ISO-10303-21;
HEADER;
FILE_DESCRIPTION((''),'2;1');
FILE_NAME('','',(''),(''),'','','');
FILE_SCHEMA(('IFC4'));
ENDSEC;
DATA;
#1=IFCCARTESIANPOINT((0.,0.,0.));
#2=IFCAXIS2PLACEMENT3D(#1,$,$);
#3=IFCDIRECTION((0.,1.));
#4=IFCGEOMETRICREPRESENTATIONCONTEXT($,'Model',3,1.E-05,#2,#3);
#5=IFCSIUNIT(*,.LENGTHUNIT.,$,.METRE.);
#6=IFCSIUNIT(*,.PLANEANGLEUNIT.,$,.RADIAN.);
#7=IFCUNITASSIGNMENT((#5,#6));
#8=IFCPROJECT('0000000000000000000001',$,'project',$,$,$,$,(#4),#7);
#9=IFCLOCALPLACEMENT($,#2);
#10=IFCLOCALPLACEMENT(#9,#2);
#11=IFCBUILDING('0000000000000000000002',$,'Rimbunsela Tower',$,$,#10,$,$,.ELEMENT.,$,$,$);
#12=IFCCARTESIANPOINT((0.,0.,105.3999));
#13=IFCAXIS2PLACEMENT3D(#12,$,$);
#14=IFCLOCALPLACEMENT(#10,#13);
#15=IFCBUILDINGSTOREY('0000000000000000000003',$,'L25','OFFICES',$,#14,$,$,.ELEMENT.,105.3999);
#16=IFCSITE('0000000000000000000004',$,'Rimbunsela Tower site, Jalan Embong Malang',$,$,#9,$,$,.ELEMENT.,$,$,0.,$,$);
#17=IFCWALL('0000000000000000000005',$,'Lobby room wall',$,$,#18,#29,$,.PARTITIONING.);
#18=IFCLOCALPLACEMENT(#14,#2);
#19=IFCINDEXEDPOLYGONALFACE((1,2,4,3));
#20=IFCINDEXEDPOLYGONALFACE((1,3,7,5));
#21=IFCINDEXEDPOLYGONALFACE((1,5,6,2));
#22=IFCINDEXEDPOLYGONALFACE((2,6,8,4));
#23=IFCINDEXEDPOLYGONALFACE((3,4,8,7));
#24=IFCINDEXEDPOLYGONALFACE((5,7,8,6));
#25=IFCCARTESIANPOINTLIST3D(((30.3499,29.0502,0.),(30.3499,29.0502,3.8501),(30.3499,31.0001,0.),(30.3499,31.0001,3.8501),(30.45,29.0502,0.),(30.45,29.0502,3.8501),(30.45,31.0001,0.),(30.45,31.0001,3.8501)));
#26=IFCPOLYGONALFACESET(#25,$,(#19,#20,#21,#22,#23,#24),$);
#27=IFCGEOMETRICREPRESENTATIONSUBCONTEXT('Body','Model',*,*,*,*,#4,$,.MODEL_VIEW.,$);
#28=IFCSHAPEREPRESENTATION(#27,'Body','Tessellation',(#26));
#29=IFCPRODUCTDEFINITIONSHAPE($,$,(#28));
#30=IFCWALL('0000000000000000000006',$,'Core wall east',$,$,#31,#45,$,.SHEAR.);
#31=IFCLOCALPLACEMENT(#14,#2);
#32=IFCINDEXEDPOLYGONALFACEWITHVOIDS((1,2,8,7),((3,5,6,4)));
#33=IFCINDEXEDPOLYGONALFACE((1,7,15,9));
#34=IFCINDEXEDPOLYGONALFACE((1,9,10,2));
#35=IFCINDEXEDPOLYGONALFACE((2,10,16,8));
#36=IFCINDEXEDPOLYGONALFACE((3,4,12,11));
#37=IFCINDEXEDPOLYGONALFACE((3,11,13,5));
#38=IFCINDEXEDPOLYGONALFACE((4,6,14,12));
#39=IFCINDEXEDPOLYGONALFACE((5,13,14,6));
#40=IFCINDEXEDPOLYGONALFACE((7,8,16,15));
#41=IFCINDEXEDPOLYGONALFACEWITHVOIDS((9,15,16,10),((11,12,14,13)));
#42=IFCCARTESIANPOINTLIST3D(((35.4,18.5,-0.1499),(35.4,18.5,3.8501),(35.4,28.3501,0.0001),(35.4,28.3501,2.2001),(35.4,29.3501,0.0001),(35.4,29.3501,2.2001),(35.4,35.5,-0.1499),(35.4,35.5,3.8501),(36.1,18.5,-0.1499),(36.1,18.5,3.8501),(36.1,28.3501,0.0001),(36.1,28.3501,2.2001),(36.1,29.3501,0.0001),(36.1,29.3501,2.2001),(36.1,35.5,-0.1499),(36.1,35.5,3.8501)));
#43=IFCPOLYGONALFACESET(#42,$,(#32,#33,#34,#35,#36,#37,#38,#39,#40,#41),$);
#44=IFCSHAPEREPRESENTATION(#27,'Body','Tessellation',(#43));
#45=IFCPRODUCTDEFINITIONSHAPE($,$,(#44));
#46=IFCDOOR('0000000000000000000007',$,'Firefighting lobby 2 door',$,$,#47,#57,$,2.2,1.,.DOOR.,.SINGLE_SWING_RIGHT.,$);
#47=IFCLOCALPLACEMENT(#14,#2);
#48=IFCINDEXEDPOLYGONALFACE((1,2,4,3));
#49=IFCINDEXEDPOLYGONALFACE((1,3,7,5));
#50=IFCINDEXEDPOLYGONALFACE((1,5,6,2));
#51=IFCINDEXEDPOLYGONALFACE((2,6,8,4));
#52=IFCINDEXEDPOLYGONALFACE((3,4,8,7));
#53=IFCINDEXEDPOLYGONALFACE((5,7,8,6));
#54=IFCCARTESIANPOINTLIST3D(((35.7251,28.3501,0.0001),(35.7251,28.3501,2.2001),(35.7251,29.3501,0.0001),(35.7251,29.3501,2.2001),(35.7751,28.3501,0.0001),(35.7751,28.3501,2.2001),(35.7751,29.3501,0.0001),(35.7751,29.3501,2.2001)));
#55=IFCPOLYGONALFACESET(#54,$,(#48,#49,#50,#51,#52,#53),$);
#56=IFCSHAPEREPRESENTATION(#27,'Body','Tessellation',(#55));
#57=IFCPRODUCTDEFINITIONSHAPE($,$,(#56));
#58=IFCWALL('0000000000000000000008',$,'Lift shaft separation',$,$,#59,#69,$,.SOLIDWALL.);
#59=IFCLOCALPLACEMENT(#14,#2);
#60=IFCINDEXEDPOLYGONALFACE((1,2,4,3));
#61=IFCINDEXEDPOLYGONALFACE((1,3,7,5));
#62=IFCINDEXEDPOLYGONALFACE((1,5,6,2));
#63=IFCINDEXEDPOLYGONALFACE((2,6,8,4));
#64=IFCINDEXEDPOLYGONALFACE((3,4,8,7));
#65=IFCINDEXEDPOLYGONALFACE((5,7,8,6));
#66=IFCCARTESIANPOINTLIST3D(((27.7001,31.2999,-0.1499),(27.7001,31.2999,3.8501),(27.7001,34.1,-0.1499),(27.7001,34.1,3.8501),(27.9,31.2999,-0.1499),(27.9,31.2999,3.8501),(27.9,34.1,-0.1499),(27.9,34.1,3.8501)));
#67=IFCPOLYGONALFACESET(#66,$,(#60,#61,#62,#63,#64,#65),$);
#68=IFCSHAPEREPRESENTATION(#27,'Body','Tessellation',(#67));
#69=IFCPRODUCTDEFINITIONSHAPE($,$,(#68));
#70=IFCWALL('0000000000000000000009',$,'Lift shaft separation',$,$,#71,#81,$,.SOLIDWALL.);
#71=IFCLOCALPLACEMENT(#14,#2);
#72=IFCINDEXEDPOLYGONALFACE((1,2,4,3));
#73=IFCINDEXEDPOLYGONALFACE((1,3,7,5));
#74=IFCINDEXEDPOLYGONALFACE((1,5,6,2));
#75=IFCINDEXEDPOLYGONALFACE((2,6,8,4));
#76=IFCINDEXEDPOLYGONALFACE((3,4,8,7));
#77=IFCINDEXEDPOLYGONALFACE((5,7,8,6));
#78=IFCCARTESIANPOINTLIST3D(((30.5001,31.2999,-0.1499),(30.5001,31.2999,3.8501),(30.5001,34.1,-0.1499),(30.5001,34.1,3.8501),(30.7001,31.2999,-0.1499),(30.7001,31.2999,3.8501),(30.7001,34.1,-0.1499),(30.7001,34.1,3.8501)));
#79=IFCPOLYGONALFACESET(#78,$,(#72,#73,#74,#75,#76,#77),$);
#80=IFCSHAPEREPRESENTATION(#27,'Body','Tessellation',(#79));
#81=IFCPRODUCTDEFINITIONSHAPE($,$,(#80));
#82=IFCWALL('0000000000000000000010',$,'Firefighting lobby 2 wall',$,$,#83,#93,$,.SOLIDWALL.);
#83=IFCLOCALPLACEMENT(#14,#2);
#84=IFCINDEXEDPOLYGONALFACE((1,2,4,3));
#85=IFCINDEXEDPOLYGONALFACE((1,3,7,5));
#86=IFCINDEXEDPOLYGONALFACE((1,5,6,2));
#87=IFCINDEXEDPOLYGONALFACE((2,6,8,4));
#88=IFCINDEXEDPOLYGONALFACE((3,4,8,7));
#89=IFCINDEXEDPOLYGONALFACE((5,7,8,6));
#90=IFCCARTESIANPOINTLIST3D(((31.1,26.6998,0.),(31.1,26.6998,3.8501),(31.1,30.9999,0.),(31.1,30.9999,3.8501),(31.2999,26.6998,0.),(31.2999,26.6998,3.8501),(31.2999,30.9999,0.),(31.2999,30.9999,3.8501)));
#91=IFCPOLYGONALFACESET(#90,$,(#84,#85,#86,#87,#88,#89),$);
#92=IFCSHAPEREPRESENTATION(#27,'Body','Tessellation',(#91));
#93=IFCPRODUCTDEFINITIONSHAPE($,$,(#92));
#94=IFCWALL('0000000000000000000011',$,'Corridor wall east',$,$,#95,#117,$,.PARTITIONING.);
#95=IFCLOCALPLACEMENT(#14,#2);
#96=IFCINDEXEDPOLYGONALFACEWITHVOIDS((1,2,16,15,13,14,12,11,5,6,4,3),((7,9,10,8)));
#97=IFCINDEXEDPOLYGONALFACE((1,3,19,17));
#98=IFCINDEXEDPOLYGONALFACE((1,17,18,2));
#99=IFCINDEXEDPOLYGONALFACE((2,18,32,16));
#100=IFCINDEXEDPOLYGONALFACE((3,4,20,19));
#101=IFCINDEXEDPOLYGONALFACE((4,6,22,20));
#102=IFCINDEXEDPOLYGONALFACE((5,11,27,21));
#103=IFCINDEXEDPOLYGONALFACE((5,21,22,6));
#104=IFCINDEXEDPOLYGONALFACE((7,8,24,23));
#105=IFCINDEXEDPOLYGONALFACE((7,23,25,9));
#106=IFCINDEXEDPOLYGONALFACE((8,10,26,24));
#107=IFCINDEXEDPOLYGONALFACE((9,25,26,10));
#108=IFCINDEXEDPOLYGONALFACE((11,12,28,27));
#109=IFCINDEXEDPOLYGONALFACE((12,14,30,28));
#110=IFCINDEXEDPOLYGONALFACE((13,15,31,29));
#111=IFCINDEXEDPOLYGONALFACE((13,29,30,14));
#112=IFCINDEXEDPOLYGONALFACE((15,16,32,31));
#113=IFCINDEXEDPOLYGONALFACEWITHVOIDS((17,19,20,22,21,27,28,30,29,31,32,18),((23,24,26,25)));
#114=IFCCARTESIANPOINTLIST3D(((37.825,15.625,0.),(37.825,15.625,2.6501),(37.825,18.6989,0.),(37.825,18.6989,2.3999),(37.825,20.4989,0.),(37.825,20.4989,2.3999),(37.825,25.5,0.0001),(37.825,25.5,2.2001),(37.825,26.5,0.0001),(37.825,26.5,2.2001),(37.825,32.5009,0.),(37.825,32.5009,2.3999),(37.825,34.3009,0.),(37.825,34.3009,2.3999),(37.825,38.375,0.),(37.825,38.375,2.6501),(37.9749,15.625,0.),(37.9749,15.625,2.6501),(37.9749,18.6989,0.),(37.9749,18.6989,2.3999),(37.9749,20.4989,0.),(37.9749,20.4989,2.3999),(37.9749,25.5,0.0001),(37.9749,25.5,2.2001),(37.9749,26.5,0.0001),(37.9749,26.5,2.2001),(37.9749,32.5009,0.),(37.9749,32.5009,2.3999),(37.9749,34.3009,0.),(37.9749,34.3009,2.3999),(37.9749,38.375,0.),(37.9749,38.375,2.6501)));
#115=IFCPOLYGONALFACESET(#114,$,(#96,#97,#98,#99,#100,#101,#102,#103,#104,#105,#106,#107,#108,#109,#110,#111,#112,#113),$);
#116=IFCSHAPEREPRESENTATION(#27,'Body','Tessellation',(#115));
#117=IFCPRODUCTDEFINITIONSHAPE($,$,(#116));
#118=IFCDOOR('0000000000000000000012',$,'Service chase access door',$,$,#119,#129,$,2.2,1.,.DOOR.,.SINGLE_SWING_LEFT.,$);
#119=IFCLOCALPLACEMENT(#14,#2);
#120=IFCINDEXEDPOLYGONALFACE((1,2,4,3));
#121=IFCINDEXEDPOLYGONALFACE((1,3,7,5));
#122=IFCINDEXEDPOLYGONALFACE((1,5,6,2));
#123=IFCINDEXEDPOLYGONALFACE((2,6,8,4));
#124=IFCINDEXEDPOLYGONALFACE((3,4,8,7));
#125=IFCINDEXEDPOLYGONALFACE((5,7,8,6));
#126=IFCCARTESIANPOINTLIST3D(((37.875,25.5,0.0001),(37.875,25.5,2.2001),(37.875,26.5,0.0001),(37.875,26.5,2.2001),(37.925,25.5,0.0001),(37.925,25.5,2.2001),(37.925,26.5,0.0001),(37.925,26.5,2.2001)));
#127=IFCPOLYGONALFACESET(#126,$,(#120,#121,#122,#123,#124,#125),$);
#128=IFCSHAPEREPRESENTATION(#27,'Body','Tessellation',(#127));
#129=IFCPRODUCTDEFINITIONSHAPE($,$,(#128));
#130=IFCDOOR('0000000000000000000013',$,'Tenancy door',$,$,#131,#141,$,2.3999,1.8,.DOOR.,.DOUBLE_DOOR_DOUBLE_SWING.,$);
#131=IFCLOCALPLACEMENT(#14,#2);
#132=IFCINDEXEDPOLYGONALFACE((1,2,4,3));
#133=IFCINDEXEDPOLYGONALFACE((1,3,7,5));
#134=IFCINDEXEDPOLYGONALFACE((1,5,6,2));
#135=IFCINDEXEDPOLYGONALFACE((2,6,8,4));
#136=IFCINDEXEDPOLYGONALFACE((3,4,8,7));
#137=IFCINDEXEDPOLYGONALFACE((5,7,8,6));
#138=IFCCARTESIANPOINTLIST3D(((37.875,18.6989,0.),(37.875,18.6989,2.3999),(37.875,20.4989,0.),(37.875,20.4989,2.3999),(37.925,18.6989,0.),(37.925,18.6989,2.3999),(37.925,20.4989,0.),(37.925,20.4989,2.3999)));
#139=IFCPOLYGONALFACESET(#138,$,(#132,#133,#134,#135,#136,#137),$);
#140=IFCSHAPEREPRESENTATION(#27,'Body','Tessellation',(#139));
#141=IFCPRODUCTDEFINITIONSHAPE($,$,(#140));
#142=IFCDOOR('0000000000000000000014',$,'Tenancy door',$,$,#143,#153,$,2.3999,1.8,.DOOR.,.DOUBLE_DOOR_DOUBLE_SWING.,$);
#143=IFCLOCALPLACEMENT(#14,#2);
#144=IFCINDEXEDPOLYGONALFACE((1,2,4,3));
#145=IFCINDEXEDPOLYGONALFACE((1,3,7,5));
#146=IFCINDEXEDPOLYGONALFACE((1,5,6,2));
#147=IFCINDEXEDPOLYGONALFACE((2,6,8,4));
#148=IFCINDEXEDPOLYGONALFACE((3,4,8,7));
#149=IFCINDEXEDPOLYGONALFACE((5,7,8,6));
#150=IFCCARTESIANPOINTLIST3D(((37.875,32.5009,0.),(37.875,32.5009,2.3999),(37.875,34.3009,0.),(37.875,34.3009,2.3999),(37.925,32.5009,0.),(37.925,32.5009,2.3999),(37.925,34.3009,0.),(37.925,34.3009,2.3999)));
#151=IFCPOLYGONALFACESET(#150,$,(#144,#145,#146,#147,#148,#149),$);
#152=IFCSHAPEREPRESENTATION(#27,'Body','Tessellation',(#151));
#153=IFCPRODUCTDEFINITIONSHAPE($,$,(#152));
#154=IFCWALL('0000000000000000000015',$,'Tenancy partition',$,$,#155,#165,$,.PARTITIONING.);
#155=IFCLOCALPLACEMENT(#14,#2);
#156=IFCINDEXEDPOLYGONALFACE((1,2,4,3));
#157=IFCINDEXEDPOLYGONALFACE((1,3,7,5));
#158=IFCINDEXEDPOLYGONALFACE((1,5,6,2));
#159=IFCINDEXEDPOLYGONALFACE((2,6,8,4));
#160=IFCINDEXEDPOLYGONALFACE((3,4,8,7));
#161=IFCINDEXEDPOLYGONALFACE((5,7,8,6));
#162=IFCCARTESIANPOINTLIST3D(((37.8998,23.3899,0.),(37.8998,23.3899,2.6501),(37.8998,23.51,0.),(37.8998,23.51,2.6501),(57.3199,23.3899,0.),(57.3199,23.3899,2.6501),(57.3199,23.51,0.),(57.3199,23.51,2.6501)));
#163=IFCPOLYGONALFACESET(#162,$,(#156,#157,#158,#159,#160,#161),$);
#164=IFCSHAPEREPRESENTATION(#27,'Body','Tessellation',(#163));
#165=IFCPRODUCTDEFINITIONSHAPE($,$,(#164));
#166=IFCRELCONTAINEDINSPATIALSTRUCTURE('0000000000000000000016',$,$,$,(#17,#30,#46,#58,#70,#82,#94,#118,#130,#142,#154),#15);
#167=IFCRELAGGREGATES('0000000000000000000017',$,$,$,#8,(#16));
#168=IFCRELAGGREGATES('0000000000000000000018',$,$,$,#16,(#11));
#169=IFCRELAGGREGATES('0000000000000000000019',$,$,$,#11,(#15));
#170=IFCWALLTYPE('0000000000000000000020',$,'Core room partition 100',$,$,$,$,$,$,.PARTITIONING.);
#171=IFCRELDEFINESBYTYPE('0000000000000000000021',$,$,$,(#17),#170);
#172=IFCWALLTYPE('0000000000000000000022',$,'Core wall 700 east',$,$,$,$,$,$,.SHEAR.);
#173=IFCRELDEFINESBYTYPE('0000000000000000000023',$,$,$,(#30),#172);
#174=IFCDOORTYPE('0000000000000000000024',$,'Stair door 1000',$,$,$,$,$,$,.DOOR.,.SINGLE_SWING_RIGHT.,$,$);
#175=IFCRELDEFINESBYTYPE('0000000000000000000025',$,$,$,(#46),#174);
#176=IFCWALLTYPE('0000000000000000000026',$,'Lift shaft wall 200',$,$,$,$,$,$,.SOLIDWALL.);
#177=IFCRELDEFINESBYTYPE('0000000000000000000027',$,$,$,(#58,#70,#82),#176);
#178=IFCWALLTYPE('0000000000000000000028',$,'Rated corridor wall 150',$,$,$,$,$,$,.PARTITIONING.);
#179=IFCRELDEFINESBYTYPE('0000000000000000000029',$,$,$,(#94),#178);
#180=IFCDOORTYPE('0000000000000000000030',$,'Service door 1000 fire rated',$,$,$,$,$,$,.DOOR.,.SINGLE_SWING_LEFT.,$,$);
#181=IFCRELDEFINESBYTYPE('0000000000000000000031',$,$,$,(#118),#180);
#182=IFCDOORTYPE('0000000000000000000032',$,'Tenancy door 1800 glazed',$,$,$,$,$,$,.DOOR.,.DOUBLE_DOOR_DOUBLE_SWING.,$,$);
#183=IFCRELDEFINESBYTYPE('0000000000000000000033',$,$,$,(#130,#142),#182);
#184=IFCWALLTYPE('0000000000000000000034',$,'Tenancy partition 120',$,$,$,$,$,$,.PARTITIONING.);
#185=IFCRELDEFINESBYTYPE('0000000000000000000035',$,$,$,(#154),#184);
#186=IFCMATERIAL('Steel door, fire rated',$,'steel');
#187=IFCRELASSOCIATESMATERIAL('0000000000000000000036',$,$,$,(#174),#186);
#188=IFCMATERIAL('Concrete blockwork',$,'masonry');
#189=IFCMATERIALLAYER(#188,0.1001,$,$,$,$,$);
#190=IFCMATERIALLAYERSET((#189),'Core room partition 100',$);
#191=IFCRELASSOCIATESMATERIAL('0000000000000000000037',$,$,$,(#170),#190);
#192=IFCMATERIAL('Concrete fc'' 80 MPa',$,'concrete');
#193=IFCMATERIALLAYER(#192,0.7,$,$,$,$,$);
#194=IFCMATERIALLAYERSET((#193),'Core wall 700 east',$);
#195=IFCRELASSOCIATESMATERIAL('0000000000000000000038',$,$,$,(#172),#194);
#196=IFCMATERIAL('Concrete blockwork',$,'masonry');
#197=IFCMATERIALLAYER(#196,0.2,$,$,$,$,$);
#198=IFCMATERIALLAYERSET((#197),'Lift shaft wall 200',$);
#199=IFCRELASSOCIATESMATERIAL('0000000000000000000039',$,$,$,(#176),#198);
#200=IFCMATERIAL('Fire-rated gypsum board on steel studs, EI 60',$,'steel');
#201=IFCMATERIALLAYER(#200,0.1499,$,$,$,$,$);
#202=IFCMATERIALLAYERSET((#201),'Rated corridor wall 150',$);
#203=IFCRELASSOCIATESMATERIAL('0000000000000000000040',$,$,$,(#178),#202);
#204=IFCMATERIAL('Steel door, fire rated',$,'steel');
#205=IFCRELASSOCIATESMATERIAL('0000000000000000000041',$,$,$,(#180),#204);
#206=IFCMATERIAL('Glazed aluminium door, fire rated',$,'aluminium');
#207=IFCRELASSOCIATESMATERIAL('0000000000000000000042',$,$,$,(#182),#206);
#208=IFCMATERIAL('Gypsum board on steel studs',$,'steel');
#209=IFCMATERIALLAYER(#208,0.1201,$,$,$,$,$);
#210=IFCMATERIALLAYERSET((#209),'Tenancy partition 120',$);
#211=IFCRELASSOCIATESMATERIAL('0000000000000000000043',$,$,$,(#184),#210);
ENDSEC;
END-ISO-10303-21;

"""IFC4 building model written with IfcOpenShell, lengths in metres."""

from ifc_helpers import new_model, si_unit, direction, frame, frame_2d, origin, place, context, subcontext, project, spatial, rectangle, extrude, material, layer, layer_set, type_object, element, fill, save


model = new_model("IFC4")

# Units and contexts
model_context = context("Model", 3, precision=1e-05, world=origin(), true_north=direction((0.0, 1.0)))
body_context = subcontext(model_context, "Body", "Model", "MODEL_VIEW")
ifc_project = project(units=[si_unit("LENGTHUNIT", "METRE"), si_unit("PLANEANGLEUNIT", "RADIAN")], contexts=[model_context])

# Site, building, storey
site_placement = place(None, origin())
site = spatial("IfcSite", under=ifc_project, at=site_placement, Name="Rimbunsela Tower site, Jalan Embong Malang", CompositionType="ELEMENT", RefElevation=0.0)
building_placement = place(site_placement, origin())
building = spatial("IfcBuilding", under=site, at=building_placement, Name="Rimbunsela Tower", CompositionType="ELEMENT")
storey_placement = place(building_placement, frame((0.0, 0.0, 105.3999)))
storey = spatial("IfcBuildingStorey", under=building, at=storey_placement, Name="L25", Description="OFFICES", CompositionType="ELEMENT", Elevation=105.3999)

# Shared definitions
ifc_material_1 = material(Name="Steel door, fire rated", Category="steel")
door_type_1 = type_object("IfcDoorType", Name="Stair door 1000", OperationType="SINGLE_SWING_RIGHT", PredefinedType="DOOR", material=ifc_material_1)

# Wall
ifc_material_2 = material(Name="Concrete blockwork", Category="masonry")
ifc_layer_1 = layer(ifc_material_2, 0.1001)
ifc_layer_set_1 = layer_set([ifc_layer_1], Name="Core room partition 100")
wall_type_1 = type_object("IfcWallType", Name="Core room partition 100", PredefinedType="PARTITIONING", material=ifc_layer_set_1)
wall_1_placement = place(storey_placement, frame((30.3999, 29.05, 0.0), z_axis=(0.0, 0.0, 1.0), x_axis=(0.0, 1.0, 0.0)))
element("IfcWall", 1, at=wall_1_placement, inside=storey, type_object=wall_type_1, Name="Lobby room wall", PredefinedType="PARTITIONING", context=body_context, shape_type="SweptSolid", body=[
    extrude(rectangle(XDim=1.95, YDim=0.1001, at=frame_2d((0.9751, 0.0))), origin(), (0.0, 0.0, 1.0), 3.8501),
])

# Wall, opening, door
ifc_material_3 = material(Name="Concrete fc' 80 MPa", Category="concrete")
ifc_layer_2 = layer(ifc_material_3, 0.7)
ifc_layer_set_2 = layer_set([ifc_layer_2], Name="Core wall 700 east")
wall_type_2 = type_object("IfcWallType", Name="Core wall 700 east", PredefinedType="SHEAR", material=ifc_layer_set_2)
wall_2_placement = place(storey_placement, frame((35.75, 18.5, -0.1499), z_axis=(0.0, 0.0, 1.0), x_axis=(0.0, 1.0, 0.0)))
wall_2 = element("IfcWall", 2, at=wall_2_placement, inside=storey, type_object=wall_type_2, Name="Core wall east", PredefinedType="SHEAR", context=body_context, shape_type="SweptSolid", body=[
    extrude(rectangle(XDim=17.0, YDim=0.7, at=frame_2d((8.5, 0.0))), origin(), (0.0, 0.0, 1.0), 4.0),
])
opening_1_placement = place(wall_2_placement, frame((9.8501, 0.0, 0.1499)))
opening_1 = element("IfcOpeningElement", 3, at=opening_1_placement, cuts=wall_2, PredefinedType="OPENING", context=body_context, shape_type="SweptSolid", body=[
    extrude(rectangle(XDim=1.0, YDim=2.2, at=frame_2d((0.5, 1.1001))), frame((0.0, 0.3599, 0.0), z_axis=(0.0, -1.0, 0.0), x_axis=(1.0, 0.0, 0.0)), (0.0, 0.0, 1.0), 0.72),
])
door_1_placement = place(opening_1_placement, origin())
door_1 = element("IfcDoor", 4, at=door_1_placement, inside=storey, type_object=door_type_1, Name="Firefighting lobby 2 door", OperationType="SINGLE_SWING_RIGHT", OverallHeight=2.2, OverallWidth=1.0, PredefinedType="DOOR", context=body_context, shape_type="SweptSolid", body=[
    extrude(rectangle(XDim=1.0, YDim=2.2, at=frame_2d((0.5, 1.1001))), frame((0.0, 0.0249, 0.0), z_axis=(0.0, -1.0, 0.0), x_axis=(1.0, 0.0, 0.0)), (0.0, 0.0, 1.0), 0.05),
])
fill(opening_1, door_1)

# Walls
ifc_material_4 = material(Name="Concrete blockwork", Category="masonry")
ifc_layer_3 = layer(ifc_material_4, 0.2)
ifc_layer_set_3 = layer_set([ifc_layer_3], Name="Lift shaft wall 200")
wall_type_3 = type_object("IfcWallType", Name="Lift shaft wall 200", PredefinedType="SOLIDWALL", material=ifc_layer_set_3)
for number, where, z_axis, x_axis, name in (
    (5, (27.8, 31.3, -0.1499), (0.0, 0.0, 1.0), (0.0, 1.0, 0.0), "Lift shaft separation"),
    (6, (30.6001, 31.3, -0.1499), (0.0, 0.0, 1.0), (0.0, 1.0, 0.0), "Lift shaft separation"),
):
    element("IfcWall", number, at=place(storey_placement, frame(where, z_axis=z_axis, x_axis=x_axis)), inside=storey, type_object=wall_type_3, Name=name, PredefinedType="SOLIDWALL", context=body_context, shape_type="SweptSolid", body=[
        extrude(rectangle(XDim=2.8, YDim=0.2, at=frame_2d((1.3999, 0.0))), origin(), (0.0, 0.0, 1.0), 4.0),
    ])
wall_3_placement = place(storey_placement, frame((31.2, 26.7, 0.0), z_axis=(0.0, 0.0, 1.0), x_axis=(0.0, 1.0, 0.0)))
element("IfcWall", 7, at=wall_3_placement, inside=storey, type_object=wall_type_3, Name="Firefighting lobby 2 wall", PredefinedType="SOLIDWALL", context=body_context, shape_type="SweptSolid", body=[
    extrude(rectangle(XDim=4.3, YDim=0.2, at=frame_2d((2.1499, 0.0))), origin(), (0.0, 0.0, 1.0), 3.8501),
])

# Wall, openings, doors
ifc_material_5 = material(Name="Fire-rated gypsum board on steel studs, EI 60", Category="steel")
ifc_layer_4 = layer(ifc_material_5, 0.1499)
ifc_layer_set_4 = layer_set([ifc_layer_4], Name="Rated corridor wall 150")
wall_type_4 = type_object("IfcWallType", Name="Rated corridor wall 150", PredefinedType="PARTITIONING", material=ifc_layer_set_4)
wall_4_placement = place(storey_placement, frame((37.8999, 15.625, 0.0), z_axis=(0.0, 0.0, 1.0), x_axis=(0.0, 1.0, 0.0)))
wall_4 = element("IfcWall", 8, at=wall_4_placement, inside=storey, type_object=wall_type_4, Name="Corridor wall east", PredefinedType="PARTITIONING", context=body_context, shape_type="SweptSolid", body=[
    extrude(rectangle(XDim=22.75, YDim=0.1499, at=frame_2d((11.375, 0.0))), origin(), (0.0, 0.0, 1.0), 2.6501),
])
opening_2_placement = place(wall_4_placement, frame((3.074, 0.0, 0.0)))
opening_2 = element("IfcOpeningElement", 9, at=opening_2_placement, cuts=wall_4, PredefinedType="OPENING", context=body_context, shape_type="SweptSolid", body=[
    extrude(rectangle(XDim=1.8, YDim=2.3999, at=frame_2d((0.8999, 1.2))), frame((0.0, 0.085, 0.0), z_axis=(0.0, -1.0, 0.0), x_axis=(1.0, 0.0, 0.0)), (0.0, 0.0, 1.0), 0.1699),
])
opening_3_placement = place(wall_4_placement, frame((16.876, 0.0, 0.0)))
opening_3 = element("IfcOpeningElement", 10, at=opening_3_placement, cuts=wall_4, PredefinedType="OPENING", context=body_context, shape_type="SweptSolid", body=[
    extrude(rectangle(XDim=1.8, YDim=2.3999, at=frame_2d((0.8999, 1.2))), frame((0.0, 0.085, 0.0), z_axis=(0.0, -1.0, 0.0), x_axis=(1.0, 0.0, 0.0)), (0.0, 0.0, 1.0), 0.1699),
])
opening_4_placement = place(wall_4_placement, frame((9.875, 0.0, 0.0)))
opening_4 = element("IfcOpeningElement", 11, at=opening_4_placement, cuts=wall_4, PredefinedType="OPENING", context=body_context, shape_type="SweptSolid", body=[
    extrude(rectangle(XDim=1.0, YDim=2.2, at=frame_2d((0.5, 1.1001))), frame((0.0, 0.085, 0.0), z_axis=(0.0, -1.0, 0.0), x_axis=(1.0, 0.0, 0.0)), (0.0, 0.0, 1.0), 0.1699),
])
ifc_material_6 = material(Name="Steel door, fire rated", Category="steel")
door_type_2 = type_object("IfcDoorType", Name="Service door 1000 fire rated", OperationType="SINGLE_SWING_LEFT", PredefinedType="DOOR", material=ifc_material_6)
door_2_placement = place(opening_4_placement, origin())
door_2 = element("IfcDoor", 12, at=door_2_placement, inside=storey, type_object=door_type_2, Name="Service chase access door", OperationType="SINGLE_SWING_LEFT", OverallHeight=2.2, OverallWidth=1.0, PredefinedType="DOOR", context=body_context, shape_type="SweptSolid", body=[
    extrude(rectangle(XDim=1.0, YDim=2.2, at=frame_2d((0.5, 1.1001))), frame((0.0, 0.0249, 0.0), z_axis=(0.0, -1.0, 0.0), x_axis=(1.0, 0.0, 0.0)), (0.0, 0.0, 1.0), 0.05),
])
fill(opening_4, door_2)
ifc_material_7 = material(Name="Glazed aluminium door, fire rated", Category="aluminium")
door_type_3 = type_object("IfcDoorType", Name="Tenancy door 1800 glazed", OperationType="DOUBLE_DOOR_DOUBLE_SWING", PredefinedType="DOOR", material=ifc_material_7)
door_3_placement = place(opening_2_placement, origin())
door_3 = element("IfcDoor", 13, at=door_3_placement, inside=storey, type_object=door_type_3, Name="Tenancy door", OperationType="DOUBLE_DOOR_DOUBLE_SWING", OverallHeight=2.3999, OverallWidth=1.8, PredefinedType="DOOR", context=body_context, shape_type="SweptSolid", body=[
    extrude(rectangle(XDim=1.8, YDim=2.3999, at=frame_2d((0.8999, 1.2))), frame((0.0, 0.0249, 0.0), z_axis=(0.0, -1.0, 0.0), x_axis=(1.0, 0.0, 0.0)), (0.0, 0.0, 1.0), 0.05),
])
fill(opening_2, door_3)
door_4_placement = place(opening_3_placement, origin())
door_4 = element("IfcDoor", 14, at=door_4_placement, inside=storey, type_object=door_type_3, Name="Tenancy door", OperationType="DOUBLE_DOOR_DOUBLE_SWING", OverallHeight=2.3999, OverallWidth=1.8, PredefinedType="DOOR", context=body_context, shape_type="SweptSolid", body=[
    extrude(rectangle(XDim=1.8, YDim=2.3999, at=frame_2d((0.8999, 1.2))), frame((0.0, 0.0249, 0.0), z_axis=(0.0, -1.0, 0.0), x_axis=(1.0, 0.0, 0.0)), (0.0, 0.0, 1.0), 0.05),
])
fill(opening_3, door_4)

# Wall
ifc_material_8 = material(Name="Gypsum board on steel studs", Category="steel")
ifc_layer_5 = layer(ifc_material_8, 0.1201)
ifc_layer_set_5 = layer_set([ifc_layer_5], Name="Tenancy partition 120")
wall_type_5 = type_object("IfcWallType", Name="Tenancy partition 120", PredefinedType="PARTITIONING", material=ifc_layer_set_5)
for number, where, z_axis, x_axis, name in (
    (15, (37.8999, 23.45, 0.0), (0.0, 0.0, 1.0), (1.0, 0.0, 0.0), "Tenancy partition"),
):
    element("IfcWall", number, at=place(storey_placement, frame(where, z_axis=z_axis, x_axis=x_axis)), inside=storey, type_object=wall_type_5, Name=name, PredefinedType="PARTITIONING", context=body_context, shape_type="SweptSolid", body=[
        extrude(rectangle(XDim=19.4202, YDim=0.1201, at=frame_2d((9.71, 0.0))), origin(), (0.0, 0.0, 1.0), 2.6501),
    ])

save(model, "model.ifc")
